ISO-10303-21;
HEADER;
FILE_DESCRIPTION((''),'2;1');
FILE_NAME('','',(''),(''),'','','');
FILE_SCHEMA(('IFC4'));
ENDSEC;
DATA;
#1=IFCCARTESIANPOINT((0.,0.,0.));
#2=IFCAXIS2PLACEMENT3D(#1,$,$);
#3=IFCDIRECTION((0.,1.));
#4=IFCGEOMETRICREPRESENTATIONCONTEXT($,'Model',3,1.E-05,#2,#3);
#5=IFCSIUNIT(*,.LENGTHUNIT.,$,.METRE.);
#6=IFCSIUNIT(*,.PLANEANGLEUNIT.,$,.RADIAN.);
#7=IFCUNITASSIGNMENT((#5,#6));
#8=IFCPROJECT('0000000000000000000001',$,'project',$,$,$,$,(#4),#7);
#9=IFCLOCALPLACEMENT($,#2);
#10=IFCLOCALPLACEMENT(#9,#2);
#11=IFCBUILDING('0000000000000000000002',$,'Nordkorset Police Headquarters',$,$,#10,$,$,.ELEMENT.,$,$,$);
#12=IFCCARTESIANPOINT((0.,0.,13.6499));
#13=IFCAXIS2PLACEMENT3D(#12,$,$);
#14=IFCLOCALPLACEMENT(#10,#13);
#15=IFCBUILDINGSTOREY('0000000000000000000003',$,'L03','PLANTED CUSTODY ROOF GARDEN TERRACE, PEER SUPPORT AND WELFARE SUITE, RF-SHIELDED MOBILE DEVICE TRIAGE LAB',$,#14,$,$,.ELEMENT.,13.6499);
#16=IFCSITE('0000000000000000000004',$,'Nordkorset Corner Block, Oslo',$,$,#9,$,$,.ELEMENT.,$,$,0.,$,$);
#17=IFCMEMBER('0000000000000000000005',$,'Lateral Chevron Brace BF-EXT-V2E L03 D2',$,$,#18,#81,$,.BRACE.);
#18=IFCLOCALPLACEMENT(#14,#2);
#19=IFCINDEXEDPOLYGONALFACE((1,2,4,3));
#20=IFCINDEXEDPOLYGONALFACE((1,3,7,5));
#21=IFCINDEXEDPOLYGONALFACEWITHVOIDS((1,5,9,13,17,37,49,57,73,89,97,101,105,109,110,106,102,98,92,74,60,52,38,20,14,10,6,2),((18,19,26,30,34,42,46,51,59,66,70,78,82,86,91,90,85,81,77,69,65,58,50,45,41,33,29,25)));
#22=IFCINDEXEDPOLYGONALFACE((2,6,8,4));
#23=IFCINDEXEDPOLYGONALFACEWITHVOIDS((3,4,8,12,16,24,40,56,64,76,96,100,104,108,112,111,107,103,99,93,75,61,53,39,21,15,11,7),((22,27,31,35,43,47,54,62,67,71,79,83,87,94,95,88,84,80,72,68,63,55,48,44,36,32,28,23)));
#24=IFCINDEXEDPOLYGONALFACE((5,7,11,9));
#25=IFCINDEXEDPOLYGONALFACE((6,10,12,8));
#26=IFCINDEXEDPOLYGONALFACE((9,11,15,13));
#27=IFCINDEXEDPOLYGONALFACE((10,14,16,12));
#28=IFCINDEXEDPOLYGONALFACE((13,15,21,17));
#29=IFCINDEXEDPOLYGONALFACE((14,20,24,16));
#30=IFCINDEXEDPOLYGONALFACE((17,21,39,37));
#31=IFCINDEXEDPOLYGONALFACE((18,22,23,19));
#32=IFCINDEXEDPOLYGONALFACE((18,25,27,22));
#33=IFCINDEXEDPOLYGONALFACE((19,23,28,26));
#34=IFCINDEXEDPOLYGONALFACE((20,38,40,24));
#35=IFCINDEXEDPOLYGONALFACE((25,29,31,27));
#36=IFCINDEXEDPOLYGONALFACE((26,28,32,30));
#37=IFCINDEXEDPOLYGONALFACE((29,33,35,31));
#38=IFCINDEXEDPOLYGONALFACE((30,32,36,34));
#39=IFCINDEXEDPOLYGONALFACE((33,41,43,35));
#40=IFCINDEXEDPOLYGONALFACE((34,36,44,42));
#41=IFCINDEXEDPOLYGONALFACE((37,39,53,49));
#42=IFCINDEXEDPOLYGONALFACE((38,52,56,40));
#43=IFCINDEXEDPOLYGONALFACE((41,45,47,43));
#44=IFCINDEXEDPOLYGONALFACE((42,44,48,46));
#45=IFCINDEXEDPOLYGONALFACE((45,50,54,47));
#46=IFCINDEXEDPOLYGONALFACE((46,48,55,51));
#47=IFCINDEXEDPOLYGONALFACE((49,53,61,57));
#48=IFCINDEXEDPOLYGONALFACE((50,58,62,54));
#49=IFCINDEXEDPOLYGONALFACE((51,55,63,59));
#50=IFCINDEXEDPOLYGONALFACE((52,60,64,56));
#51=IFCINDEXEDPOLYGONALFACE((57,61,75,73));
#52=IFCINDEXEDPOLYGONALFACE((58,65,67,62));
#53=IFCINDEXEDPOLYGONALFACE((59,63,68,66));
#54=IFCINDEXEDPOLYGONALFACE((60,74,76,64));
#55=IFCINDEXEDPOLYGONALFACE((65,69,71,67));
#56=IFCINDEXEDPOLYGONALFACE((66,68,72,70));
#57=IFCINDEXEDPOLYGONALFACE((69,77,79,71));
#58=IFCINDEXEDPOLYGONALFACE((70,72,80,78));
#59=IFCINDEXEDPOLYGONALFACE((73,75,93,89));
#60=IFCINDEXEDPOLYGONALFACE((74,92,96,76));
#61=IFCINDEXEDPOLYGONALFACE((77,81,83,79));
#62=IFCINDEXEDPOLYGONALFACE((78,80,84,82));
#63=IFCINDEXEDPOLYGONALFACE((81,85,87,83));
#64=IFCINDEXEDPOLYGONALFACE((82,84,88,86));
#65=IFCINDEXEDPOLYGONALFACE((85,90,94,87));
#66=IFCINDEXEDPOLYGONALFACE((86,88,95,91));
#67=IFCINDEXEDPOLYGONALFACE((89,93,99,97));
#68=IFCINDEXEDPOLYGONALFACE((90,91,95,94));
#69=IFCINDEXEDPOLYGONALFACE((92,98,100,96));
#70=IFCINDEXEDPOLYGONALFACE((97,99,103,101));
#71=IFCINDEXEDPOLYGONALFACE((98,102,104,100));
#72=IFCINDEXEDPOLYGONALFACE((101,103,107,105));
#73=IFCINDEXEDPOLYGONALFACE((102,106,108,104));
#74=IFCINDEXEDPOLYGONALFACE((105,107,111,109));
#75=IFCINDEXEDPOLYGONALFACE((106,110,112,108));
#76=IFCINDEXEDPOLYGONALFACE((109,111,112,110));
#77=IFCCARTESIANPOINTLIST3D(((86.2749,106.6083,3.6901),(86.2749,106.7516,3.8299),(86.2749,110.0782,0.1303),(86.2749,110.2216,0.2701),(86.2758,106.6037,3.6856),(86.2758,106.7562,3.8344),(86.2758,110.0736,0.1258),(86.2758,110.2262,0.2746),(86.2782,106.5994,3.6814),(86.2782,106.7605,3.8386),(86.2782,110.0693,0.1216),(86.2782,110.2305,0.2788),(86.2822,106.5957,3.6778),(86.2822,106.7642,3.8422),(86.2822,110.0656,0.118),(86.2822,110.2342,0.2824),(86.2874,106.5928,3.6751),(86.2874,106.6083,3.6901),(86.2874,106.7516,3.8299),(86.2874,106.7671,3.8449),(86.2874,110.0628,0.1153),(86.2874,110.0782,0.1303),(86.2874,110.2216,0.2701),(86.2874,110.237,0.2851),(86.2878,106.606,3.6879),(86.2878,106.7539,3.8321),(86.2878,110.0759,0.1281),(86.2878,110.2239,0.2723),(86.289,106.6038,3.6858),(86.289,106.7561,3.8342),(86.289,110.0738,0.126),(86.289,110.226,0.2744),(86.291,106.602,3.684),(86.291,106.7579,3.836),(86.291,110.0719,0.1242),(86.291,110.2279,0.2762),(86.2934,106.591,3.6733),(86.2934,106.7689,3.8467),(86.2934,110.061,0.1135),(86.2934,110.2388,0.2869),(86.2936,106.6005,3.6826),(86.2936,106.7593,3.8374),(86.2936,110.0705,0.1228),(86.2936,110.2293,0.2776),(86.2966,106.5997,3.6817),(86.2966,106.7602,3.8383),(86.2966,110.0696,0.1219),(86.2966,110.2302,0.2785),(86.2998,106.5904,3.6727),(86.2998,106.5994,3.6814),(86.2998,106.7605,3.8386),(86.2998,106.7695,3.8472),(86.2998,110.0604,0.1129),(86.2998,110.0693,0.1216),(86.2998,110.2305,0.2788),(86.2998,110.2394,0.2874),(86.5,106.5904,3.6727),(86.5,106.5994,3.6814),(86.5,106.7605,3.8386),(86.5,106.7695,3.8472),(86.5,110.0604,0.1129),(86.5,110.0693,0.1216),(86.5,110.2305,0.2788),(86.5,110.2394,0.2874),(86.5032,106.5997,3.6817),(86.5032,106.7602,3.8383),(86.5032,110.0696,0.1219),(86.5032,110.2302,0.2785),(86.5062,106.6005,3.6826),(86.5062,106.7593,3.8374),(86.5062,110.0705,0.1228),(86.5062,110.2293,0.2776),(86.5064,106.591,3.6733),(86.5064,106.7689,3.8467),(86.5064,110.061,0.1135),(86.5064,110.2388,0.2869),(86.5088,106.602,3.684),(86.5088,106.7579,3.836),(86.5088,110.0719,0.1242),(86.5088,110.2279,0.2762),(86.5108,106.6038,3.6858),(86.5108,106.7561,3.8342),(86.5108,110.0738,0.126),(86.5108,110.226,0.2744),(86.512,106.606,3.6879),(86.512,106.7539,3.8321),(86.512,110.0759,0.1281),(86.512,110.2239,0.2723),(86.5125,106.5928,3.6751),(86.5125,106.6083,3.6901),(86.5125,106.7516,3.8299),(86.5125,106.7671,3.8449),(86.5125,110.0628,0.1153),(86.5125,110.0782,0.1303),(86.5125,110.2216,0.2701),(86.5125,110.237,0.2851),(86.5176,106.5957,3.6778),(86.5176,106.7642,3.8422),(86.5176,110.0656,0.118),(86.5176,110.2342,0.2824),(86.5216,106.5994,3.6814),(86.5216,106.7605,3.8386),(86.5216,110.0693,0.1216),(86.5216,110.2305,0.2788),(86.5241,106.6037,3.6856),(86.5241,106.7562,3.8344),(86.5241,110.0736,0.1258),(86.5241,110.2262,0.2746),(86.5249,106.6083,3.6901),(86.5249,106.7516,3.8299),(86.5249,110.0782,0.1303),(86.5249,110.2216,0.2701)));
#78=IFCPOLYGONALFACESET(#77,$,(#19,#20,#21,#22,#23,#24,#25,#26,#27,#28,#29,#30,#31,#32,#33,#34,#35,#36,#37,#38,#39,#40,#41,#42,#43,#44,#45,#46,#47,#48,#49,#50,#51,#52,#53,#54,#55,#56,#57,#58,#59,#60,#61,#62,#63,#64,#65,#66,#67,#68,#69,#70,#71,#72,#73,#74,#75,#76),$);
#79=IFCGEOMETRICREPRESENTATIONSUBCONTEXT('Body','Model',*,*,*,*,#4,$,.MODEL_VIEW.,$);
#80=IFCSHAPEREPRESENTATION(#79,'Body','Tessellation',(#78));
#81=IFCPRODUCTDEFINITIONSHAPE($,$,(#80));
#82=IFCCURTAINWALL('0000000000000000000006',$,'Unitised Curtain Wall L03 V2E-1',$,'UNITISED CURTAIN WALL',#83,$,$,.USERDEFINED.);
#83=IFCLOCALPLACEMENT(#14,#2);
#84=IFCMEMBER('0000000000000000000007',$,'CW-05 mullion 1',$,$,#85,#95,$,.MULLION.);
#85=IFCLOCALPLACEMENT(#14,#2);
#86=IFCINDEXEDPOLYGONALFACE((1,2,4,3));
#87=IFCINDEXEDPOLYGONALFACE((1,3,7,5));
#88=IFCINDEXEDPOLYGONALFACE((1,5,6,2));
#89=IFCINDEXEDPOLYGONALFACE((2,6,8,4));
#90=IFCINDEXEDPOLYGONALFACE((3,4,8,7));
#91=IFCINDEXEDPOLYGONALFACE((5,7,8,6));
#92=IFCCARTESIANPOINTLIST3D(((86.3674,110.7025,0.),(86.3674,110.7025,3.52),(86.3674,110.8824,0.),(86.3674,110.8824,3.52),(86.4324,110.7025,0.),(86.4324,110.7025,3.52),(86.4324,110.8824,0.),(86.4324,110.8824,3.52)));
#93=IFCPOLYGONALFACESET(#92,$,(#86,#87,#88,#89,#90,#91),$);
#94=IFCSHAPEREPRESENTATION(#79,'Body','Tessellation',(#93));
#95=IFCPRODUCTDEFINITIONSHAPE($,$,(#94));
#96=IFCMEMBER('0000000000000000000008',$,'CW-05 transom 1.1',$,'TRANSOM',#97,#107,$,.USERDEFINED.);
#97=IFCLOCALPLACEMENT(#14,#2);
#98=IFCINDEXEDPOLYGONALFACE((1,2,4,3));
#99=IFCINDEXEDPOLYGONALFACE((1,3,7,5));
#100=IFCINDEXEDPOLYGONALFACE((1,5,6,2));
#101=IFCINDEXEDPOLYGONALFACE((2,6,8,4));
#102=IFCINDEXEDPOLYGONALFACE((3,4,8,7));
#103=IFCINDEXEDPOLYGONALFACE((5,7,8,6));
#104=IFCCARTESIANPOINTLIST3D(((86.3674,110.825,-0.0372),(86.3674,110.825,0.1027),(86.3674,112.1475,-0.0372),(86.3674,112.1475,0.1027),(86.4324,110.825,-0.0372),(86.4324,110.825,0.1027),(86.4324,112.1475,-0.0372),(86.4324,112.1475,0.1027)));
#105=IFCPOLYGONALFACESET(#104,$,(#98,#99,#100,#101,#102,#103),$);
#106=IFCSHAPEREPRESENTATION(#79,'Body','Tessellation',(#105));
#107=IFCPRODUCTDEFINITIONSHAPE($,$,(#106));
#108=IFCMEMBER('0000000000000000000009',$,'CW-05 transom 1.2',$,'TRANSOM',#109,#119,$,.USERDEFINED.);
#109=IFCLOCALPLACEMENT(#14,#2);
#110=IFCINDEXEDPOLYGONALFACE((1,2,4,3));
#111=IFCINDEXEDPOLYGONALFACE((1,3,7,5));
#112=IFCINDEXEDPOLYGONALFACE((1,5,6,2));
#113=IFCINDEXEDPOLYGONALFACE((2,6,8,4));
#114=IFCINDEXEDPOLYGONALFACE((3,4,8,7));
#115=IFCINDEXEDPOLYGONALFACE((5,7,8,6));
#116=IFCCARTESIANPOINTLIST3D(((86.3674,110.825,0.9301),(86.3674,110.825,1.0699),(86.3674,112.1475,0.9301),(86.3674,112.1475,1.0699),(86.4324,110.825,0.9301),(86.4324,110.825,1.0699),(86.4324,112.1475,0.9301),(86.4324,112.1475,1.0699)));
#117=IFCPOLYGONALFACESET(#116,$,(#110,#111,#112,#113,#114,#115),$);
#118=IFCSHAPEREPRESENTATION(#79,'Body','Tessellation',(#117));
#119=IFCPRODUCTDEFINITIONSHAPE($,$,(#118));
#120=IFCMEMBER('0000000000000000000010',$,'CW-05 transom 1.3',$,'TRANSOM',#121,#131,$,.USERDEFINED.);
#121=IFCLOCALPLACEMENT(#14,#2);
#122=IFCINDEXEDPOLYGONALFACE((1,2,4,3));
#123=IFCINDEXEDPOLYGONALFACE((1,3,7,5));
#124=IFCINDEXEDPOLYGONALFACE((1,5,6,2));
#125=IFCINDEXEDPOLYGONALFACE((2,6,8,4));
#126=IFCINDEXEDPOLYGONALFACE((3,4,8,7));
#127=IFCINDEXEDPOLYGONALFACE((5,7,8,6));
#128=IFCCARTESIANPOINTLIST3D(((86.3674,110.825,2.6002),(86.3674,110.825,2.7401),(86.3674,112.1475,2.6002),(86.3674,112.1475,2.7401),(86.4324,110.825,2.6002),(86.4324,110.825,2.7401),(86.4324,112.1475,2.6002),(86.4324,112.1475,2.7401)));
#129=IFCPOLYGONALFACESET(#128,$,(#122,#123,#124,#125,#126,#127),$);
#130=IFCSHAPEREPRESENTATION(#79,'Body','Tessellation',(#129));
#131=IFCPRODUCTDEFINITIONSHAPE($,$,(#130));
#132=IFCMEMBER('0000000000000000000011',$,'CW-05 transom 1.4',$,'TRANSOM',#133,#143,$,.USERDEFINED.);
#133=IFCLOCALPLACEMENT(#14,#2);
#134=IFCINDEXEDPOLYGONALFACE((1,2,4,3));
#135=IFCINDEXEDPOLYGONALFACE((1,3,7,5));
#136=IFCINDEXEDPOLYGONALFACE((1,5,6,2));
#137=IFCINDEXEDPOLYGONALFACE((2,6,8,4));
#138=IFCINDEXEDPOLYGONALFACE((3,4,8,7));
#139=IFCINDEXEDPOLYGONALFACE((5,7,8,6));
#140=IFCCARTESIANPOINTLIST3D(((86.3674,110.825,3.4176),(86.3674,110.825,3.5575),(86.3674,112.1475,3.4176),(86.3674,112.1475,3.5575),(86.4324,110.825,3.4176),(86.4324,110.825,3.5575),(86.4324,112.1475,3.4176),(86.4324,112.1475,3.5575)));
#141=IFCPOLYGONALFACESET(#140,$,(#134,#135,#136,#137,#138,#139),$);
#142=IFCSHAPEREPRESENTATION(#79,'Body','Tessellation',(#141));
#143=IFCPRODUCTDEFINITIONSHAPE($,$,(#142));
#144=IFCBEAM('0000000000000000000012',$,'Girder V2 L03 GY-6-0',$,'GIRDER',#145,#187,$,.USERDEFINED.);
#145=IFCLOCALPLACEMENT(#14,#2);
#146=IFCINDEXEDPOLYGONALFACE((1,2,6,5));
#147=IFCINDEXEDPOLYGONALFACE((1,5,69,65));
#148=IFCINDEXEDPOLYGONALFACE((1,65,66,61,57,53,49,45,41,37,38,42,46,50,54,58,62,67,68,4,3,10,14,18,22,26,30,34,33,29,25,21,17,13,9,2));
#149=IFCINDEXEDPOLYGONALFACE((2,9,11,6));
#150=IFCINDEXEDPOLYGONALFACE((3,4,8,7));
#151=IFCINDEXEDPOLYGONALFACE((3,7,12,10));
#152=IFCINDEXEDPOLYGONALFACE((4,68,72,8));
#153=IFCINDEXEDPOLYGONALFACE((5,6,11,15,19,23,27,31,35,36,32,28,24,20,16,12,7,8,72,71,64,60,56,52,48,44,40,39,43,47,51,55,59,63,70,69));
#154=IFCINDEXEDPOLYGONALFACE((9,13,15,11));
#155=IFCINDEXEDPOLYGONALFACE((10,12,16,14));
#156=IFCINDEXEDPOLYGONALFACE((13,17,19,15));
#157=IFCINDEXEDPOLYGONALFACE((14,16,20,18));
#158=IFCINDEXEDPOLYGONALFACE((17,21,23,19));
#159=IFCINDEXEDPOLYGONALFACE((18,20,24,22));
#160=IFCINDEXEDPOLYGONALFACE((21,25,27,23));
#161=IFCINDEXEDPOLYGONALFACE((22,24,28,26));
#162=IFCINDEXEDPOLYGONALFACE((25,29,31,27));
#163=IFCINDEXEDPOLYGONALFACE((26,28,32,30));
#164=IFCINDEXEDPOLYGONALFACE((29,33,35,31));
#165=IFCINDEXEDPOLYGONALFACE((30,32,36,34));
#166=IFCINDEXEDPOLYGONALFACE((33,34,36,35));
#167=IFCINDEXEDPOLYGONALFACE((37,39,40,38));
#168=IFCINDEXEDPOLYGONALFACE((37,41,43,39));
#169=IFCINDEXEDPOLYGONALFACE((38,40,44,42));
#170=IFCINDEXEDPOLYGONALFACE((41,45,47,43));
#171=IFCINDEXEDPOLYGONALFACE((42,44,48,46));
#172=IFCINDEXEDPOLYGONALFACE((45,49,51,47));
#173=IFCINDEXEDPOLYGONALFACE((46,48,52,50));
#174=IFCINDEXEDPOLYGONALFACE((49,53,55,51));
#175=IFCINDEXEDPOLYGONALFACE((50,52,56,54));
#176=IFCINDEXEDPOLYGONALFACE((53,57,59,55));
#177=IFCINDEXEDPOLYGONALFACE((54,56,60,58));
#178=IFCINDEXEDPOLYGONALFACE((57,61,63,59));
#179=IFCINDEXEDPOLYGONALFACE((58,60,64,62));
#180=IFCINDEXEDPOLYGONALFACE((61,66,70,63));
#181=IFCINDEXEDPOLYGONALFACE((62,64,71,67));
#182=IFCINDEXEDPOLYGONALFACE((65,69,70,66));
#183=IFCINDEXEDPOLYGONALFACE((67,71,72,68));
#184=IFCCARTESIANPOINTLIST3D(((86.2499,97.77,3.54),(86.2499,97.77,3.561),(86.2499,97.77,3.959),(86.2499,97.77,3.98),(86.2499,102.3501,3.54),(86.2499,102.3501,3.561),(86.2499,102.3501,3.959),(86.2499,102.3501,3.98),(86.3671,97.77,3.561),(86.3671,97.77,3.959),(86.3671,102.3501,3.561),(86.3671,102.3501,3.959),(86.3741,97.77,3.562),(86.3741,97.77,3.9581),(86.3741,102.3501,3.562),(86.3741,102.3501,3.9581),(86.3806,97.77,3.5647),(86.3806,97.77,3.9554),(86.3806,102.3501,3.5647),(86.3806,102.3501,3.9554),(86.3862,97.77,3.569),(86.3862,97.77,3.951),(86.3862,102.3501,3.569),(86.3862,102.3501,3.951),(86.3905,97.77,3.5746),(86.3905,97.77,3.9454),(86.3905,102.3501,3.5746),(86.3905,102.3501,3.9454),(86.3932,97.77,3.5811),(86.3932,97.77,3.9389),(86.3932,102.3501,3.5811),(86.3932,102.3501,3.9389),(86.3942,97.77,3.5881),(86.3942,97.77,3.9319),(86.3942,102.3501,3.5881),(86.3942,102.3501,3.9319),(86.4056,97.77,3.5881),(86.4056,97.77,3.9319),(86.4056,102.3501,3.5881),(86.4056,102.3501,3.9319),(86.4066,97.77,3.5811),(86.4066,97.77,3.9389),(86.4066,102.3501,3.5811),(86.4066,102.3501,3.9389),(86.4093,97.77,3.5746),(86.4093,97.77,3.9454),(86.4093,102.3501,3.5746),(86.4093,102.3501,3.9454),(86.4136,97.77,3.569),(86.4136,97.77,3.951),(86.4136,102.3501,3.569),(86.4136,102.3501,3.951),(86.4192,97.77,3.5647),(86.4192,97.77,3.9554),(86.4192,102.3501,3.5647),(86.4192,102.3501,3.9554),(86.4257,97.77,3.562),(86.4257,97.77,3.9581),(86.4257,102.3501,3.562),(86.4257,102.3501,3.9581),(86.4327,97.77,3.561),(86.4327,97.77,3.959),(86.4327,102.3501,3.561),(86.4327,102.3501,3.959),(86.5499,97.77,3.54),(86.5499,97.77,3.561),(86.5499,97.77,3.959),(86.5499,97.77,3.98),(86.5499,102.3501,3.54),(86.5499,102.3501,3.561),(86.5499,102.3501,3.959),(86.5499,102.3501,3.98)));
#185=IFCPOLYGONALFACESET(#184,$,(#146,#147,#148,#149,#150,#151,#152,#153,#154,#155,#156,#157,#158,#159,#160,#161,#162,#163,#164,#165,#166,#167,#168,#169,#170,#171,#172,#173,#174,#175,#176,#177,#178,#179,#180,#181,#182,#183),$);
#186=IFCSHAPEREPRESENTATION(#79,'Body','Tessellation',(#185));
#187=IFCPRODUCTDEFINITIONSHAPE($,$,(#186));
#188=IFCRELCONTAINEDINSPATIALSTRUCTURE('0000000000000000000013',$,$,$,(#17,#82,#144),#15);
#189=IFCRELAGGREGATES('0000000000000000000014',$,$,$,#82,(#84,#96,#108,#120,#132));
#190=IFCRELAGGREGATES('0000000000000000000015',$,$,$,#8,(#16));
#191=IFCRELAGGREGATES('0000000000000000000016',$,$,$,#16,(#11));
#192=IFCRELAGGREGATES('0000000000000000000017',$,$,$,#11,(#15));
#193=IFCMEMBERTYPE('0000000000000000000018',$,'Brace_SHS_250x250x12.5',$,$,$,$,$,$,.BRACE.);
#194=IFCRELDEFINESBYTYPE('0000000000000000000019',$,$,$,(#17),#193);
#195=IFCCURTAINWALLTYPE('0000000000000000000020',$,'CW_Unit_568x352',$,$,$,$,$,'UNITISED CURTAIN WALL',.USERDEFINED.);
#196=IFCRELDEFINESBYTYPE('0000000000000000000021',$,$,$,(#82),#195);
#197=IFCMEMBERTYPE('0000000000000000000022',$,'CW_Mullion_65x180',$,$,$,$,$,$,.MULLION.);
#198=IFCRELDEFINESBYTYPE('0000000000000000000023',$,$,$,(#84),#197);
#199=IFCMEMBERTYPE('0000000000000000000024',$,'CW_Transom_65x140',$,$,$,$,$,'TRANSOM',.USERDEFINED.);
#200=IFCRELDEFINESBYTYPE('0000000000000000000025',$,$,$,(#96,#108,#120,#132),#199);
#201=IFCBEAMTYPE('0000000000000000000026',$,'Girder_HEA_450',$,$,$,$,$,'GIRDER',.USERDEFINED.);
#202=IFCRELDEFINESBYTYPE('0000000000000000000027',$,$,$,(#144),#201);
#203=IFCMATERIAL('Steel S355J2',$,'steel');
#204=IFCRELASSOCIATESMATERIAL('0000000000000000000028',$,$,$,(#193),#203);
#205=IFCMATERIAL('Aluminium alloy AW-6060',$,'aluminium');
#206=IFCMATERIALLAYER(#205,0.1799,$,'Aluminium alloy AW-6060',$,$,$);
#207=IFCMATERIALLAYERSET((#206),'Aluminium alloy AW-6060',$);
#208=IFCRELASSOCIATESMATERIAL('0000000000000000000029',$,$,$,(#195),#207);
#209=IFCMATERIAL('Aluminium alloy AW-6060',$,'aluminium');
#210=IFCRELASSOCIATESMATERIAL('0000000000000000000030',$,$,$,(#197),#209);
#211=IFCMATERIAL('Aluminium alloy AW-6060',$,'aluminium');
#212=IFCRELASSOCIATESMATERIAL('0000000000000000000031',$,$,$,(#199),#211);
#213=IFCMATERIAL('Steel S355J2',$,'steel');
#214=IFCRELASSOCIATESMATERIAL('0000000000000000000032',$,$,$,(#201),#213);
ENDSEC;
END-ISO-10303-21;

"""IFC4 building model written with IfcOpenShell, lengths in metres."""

from ifc_helpers import new_model, si_unit, direction, frame, origin, origin_2d, place, context, subcontext, project, spatial, rectangle, hollow_rectangle, i_section, extrude, material, layer, layer_set, material_profile, profile_set, type_object, element, aggregate, save


model = new_model("IFC4")

# Units and contexts
model_context = context("Model", 3, precision=1e-05, world=origin(), true_north=direction((0.0, 1.0)))
body_context = subcontext(model_context, "Body", "Model", "MODEL_VIEW")
ifc_project = project(units=[si_unit("LENGTHUNIT", "METRE"), si_unit("PLANEANGLEUNIT", "RADIAN")], contexts=[model_context])

# Site, building, storey
site_placement = place(None, origin())
site = spatial("IfcSite", under=ifc_project, at=site_placement, Name="Nordkorset Corner Block, Oslo", CompositionType="ELEMENT", RefElevation=0.0)
building_placement = place(site_placement, origin())
building = spatial("IfcBuilding", under=site, at=building_placement, Name="Nordkorset Police Headquarters", CompositionType="ELEMENT")
storey_placement = place(building_placement, frame((0.0, 0.0, 13.6499)))
storey = spatial("IfcBuildingStorey", under=building, at=storey_placement, Name="L03", Description="PLANTED CUSTODY ROOF GARDEN TERRACE, PEER SUPPORT AND WELFARE SUITE, RF-SHIELDED MOBILE DEVICE TRIAGE LAB", CompositionType="ELEMENT", Elevation=13.6499)

# Member
ifc_material_1 = material(Name="Steel S355J2", Category="steel")
ifc_material_profile_1 = material_profile(ifc_material_1, hollow_rectangle(XDim=0.25, YDim=0.25, WallThickness=0.0125, InnerFilletRadius=0.0125, OuterFilletRadius=0.0249, at=origin_2d()), Name="SHS 250x250x12.5")
ifc_profile_set_1 = profile_set([ifc_material_profile_1], Name="Steel S355J2")
member_type_1 = type_object("IfcMemberType", Name="Brace_SHS_250x250x12.5", PredefinedType="BRACE", material=ifc_profile_set_1)
for number, where, z_axis, x_axis, name in (
    (1, (86.3999, 110.1499, 0.2002), (0.0, -0.698013, 0.716085), (1.0, 0.0, 0.0), "Lateral Chevron Brace BF-EXT-V2E L03 D2"),
):
    element("IfcMember", number, at=place(storey_placement, frame(where, z_axis=z_axis, x_axis=x_axis)), inside=storey, type_object=member_type_1, Name=name, PredefinedType="BRACE", context=body_context, shape_type="SweptSolid", body=[
        extrude(hollow_rectangle(XDim=0.25, YDim=0.25, WallThickness=0.0125, InnerFilletRadius=0.0125, OuterFilletRadius=0.0249, at=origin_2d()), origin(), (0.0, 0.0, 1.0), 4.9712),
    ])

# Curtain wall, members
ifc_material_2 = material(Name="Aluminium alloy AW-6060", Category="aluminium")
ifc_layer_1 = layer(ifc_material_2, 0.1799, Name="Aluminium alloy AW-6060")
ifc_layer_set_1 = layer_set([ifc_layer_1], Name="Aluminium alloy AW-6060")
curtain_wall_type = type_object("IfcCurtainWallType", Name="CW_Unit_568x352", ElementType="UNITISED CURTAIN WALL", PredefinedType="USERDEFINED", material=ifc_layer_set_1)
curtain_wall_placement = place(storey_placement, origin())
curtain_wall = element("IfcCurtainWall", 2, at=curtain_wall_placement, inside=storey, type_object=curtain_wall_type, Name="Unitised Curtain Wall L03 V2E-1", ObjectType="UNITISED CURTAIN WALL", PredefinedType="USERDEFINED")
ifc_material_3 = material(Name="Aluminium alloy AW-6060", Category="aluminium")
ifc_material_profile_2 = material_profile(ifc_material_3, rectangle(XDim=0.0649, YDim=0.1799, at=origin_2d()), Name="ALU MULL 65x180")
ifc_profile_set_2 = profile_set([ifc_material_profile_2], Name="Aluminium alloy AW-6060")
member_type_2 = type_object("IfcMemberType", Name="CW_Mullion_65x180", PredefinedType="MULLION", material=ifc_profile_set_2)
member_1_placement = place(storey_placement, frame((86.3999, 110.7925, 0.0), z_axis=(0.0, 0.0, 1.0), x_axis=(-1.0, 0.0, 0.0)))
member_1 = element("IfcMember", 3, at=member_1_placement, type_object=member_type_2, Name="CW-05 mullion 1", PredefinedType="MULLION", context=body_context, shape_type="SweptSolid", body=[
    extrude(rectangle(XDim=0.0649, YDim=0.1799, at=origin_2d()), origin(), (0.0, 0.0, 1.0), 3.52),
])
ifc_material_4 = material(Name="Aluminium alloy AW-6060", Category="aluminium")
ifc_material_profile_3 = material_profile(ifc_material_4, rectangle(XDim=0.0649, YDim=0.1399, at=origin_2d()), Name="ALU TRAN 65x140")
ifc_profile_set_3 = profile_set([ifc_material_profile_3], Name="Aluminium alloy AW-6060")
member_type_3 = type_object("IfcMemberType", Name="CW_Transom_65x140", ElementType="TRANSOM", PredefinedType="USERDEFINED", material=ifc_profile_set_3)
member_2_placement = place(storey_placement, frame((86.3999, 110.825, 0.0327), z_axis=(0.0, 1.0, 0.0), x_axis=(-1.0, 0.0, 0.0)))
member_2 = element("IfcMember", 4, at=member_2_placement, type_object=member_type_3, Name="CW-05 transom 1.1", ObjectType="TRANSOM", PredefinedType="USERDEFINED", context=body_context, shape_type="SweptSolid", body=[
    extrude(rectangle(XDim=0.0649, YDim=0.1399, at=origin_2d()), origin(), (0.0, 0.0, 1.0), 1.3225),
])
member_3_placement = place(storey_placement, frame((86.3999, 110.825, 1.0), z_axis=(0.0, 1.0, 0.0), x_axis=(-1.0, 0.0, 0.0)))
member_3 = element("IfcMember", 5, at=member_3_placement, type_object=member_type_3, Name="CW-05 transom 1.2", ObjectType="TRANSOM", PredefinedType="USERDEFINED", context=body_context, shape_type="SweptSolid", body=[
    extrude(rectangle(XDim=0.0649, YDim=0.1399, at=origin_2d()), origin(), (0.0, 0.0, 1.0), 1.3225),
])
member_4_placement = place(storey_placement, frame((86.3999, 110.825, 2.6702), z_axis=(0.0, 1.0, 0.0), x_axis=(-1.0, 0.0, 0.0)))
member_4 = element("IfcMember", 6, at=member_4_placement, type_object=member_type_3, Name="CW-05 transom 1.3", ObjectType="TRANSOM", PredefinedType="USERDEFINED", context=body_context, shape_type="SweptSolid", body=[
    extrude(rectangle(XDim=0.0649, YDim=0.1399, at=origin_2d()), origin(), (0.0, 0.0, 1.0), 1.3225),
])
member_5_placement = place(storey_placement, frame((86.3999, 110.825, 3.4875), z_axis=(0.0, 1.0, 0.0), x_axis=(-1.0, 0.0, 0.0)))
member_5 = element("IfcMember", 7, at=member_5_placement, type_object=member_type_3, Name="CW-05 transom 1.4", ObjectType="TRANSOM", PredefinedType="USERDEFINED", context=body_context, shape_type="SweptSolid", body=[
    extrude(rectangle(XDim=0.0649, YDim=0.1399, at=origin_2d()), origin(), (0.0, 0.0, 1.0), 1.3225),
])

# Beam
ifc_material_5 = material(Name="Steel S355J2", Category="steel")
ifc_material_profile_4 = material_profile(ifc_material_5, i_section(OverallWidth=0.3, OverallDepth=0.4399, WebThickness=0.0115, FlangeThickness=0.021, FilletRadius=0.0271, at=origin_2d()), Name="HEA 450")
ifc_profile_set_4 = profile_set([ifc_material_profile_4], Name="Steel S355J2")
beam_type = type_object("IfcBeamType", Name="Girder_HEA_450", ElementType="GIRDER", PredefinedType="USERDEFINED", material=ifc_profile_set_4)
beam_1_placement = place(storey_placement, frame((86.3999, 97.77, 3.76), z_axis=(0.0, 1.0, 0.0), x_axis=(-1.0, 0.0, 0.0)))
element("IfcBeam", 8, at=beam_1_placement, inside=storey, type_object=beam_type, Name="Girder V2 L03 GY-6-0", ObjectType="GIRDER", PredefinedType="USERDEFINED", context=body_context, shape_type="SweptSolid", body=[
    extrude(i_section(OverallWidth=0.3, OverallDepth=0.4399, WebThickness=0.0115, FlangeThickness=0.021, FilletRadius=0.0271, at=origin_2d()), origin(), (0.0, 0.0, 1.0), 4.5801),
])

aggregate(curtain_wall, [member_1, member_2, member_3, member_4, member_5])

save(model, "model.ifc")
